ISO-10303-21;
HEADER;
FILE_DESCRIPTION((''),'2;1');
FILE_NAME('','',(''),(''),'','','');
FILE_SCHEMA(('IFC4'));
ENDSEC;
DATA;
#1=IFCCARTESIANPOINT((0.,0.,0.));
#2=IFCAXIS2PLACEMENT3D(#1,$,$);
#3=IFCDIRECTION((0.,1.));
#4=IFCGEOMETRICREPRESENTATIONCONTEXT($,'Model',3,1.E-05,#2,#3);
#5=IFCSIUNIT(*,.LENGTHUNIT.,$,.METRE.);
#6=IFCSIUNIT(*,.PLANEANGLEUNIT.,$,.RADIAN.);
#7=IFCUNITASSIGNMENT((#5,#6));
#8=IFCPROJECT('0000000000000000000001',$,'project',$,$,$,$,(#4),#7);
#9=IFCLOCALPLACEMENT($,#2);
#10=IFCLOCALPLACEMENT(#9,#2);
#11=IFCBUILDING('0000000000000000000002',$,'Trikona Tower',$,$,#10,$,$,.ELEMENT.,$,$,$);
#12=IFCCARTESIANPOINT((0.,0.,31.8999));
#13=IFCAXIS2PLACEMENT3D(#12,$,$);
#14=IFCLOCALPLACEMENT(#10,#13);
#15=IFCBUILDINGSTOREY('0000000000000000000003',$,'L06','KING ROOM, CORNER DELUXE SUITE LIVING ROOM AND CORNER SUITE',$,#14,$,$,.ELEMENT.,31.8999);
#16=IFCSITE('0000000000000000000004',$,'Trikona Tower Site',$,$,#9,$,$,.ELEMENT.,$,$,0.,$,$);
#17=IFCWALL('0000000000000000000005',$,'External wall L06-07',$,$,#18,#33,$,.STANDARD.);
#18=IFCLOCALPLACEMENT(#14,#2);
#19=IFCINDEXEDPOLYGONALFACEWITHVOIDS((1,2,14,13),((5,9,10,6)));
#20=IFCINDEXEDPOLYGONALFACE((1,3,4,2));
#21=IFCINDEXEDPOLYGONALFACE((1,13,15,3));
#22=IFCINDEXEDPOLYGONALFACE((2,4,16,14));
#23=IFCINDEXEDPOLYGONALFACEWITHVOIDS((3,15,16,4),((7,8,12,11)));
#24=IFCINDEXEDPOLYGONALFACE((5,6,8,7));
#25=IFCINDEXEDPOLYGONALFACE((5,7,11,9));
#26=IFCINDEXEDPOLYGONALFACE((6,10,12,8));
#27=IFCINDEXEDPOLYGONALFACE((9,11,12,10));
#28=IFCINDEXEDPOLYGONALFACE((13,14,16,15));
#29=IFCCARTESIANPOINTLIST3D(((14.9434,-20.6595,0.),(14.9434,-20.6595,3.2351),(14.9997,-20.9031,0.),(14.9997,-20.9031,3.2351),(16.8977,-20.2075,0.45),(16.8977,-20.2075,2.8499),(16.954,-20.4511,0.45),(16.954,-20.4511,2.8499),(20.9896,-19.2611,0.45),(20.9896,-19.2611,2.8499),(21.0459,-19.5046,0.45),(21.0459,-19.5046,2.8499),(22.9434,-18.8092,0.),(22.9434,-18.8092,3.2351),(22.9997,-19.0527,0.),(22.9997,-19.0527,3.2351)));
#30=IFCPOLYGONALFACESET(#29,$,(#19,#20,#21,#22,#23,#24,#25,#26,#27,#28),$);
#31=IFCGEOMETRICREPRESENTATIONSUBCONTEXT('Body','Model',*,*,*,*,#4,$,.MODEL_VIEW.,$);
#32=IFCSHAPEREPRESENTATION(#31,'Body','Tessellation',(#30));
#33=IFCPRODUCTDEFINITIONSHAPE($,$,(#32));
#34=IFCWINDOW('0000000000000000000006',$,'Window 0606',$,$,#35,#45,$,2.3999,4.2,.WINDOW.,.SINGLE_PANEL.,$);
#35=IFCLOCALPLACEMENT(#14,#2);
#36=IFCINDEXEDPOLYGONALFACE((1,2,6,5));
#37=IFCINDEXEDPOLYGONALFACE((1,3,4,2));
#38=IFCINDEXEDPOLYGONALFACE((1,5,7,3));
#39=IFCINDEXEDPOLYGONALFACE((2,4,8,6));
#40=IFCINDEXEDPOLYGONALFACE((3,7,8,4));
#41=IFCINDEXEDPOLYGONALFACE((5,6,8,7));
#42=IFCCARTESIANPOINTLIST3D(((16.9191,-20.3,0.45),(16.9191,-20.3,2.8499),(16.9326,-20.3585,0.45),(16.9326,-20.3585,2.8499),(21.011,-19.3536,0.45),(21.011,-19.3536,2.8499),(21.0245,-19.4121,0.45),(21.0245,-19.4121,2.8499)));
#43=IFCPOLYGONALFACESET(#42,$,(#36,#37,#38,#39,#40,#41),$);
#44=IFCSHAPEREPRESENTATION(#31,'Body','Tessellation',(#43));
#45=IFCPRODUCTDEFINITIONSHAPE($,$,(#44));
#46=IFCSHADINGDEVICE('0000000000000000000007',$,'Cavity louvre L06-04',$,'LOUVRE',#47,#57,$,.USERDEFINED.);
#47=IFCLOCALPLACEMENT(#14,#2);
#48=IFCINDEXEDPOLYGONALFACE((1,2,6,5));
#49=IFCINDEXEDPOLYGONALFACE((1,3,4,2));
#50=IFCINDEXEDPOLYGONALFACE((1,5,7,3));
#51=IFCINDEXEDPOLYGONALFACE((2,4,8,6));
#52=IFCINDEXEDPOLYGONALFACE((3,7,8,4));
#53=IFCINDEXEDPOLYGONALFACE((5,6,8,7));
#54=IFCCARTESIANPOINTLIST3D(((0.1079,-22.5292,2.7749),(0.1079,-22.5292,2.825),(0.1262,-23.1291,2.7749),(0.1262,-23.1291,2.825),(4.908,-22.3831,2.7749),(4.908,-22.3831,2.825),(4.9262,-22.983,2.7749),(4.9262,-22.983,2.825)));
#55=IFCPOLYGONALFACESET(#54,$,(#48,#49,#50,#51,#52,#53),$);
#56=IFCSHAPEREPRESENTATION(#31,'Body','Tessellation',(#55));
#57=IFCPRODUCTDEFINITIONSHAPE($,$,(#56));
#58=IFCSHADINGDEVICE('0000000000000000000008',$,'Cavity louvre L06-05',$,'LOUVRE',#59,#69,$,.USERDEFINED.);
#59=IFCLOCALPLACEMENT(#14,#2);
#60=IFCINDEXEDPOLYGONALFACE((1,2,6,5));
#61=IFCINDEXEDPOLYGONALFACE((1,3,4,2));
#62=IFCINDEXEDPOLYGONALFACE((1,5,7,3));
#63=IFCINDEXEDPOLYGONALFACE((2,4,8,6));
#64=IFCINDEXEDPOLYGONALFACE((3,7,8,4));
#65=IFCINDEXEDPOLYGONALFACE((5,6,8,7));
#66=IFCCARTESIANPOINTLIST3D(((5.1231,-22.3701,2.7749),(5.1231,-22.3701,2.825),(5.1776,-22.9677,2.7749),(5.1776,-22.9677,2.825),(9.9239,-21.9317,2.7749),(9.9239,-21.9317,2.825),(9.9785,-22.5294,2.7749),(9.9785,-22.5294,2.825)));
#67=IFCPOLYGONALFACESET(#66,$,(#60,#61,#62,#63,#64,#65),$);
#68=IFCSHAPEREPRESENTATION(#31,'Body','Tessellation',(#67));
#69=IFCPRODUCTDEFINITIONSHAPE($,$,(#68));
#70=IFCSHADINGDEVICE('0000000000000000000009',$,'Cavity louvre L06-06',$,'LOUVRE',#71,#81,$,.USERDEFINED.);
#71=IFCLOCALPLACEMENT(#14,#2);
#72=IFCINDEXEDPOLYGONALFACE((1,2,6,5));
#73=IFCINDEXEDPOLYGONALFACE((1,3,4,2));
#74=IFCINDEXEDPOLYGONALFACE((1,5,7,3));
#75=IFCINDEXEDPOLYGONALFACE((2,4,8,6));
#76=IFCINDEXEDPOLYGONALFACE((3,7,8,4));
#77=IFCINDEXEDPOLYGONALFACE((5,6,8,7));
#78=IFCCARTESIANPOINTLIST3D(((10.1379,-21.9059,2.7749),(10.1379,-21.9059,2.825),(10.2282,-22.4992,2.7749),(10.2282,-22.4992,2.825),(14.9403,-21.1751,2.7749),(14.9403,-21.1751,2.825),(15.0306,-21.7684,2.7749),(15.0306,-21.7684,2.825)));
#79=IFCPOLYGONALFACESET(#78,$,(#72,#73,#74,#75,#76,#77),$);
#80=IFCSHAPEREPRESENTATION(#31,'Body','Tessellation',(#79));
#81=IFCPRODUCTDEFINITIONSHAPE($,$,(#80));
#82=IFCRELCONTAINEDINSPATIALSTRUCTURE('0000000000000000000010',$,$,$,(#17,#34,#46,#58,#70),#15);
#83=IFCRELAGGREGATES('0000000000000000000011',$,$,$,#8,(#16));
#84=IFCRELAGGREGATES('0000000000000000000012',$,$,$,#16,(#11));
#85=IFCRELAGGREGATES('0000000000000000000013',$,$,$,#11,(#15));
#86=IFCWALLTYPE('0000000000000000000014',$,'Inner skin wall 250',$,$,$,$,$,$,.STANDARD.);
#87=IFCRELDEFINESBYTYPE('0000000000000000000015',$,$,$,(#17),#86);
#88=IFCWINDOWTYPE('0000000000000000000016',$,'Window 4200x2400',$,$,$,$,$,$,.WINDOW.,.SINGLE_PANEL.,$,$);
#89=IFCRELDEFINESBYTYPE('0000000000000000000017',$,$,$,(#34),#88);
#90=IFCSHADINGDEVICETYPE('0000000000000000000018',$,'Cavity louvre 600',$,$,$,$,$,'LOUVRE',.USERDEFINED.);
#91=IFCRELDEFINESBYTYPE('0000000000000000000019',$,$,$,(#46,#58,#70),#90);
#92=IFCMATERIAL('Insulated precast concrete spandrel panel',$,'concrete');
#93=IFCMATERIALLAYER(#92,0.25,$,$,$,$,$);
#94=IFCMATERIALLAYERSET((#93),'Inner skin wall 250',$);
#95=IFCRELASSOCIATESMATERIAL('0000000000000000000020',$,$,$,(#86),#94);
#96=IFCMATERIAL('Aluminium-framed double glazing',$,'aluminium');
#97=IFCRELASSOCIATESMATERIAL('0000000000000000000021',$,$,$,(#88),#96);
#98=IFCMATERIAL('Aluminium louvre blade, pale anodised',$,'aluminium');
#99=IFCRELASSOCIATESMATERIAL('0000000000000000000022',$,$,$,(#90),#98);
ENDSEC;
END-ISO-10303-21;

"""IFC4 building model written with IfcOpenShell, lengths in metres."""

from ifc_helpers import new_model, si_unit, direction, frame, frame_2d, origin, origin_2d, place, context, subcontext, project, spatial, rectangle, extrude, material, layer, layer_set, type_object, element, fill, save


model = new_model("IFC4")

# Units and contexts
model_context = context("Model", 3, precision=1e-05, world=origin(), true_north=direction((0.0, 1.0)))
body_context = subcontext(model_context, "Body", "Model", "MODEL_VIEW")
ifc_project = project(units=[si_unit("LENGTHUNIT", "METRE"), si_unit("PLANEANGLEUNIT", "RADIAN")], contexts=[model_context])

# Site, building, storey
site_placement = place(None, origin())
site = spatial("IfcSite", under=ifc_project, at=site_placement, Name="Trikona Tower Site", CompositionType="ELEMENT", RefElevation=0.0)
building_placement = place(site_placement, origin())
building = spatial("IfcBuilding", under=site, at=building_placement, Name="Trikona Tower", CompositionType="ELEMENT")
storey_placement = place(building_placement, frame((0.0, 0.0, 31.8999)))
storey = spatial("IfcBuildingStorey", under=building, at=storey_placement, Name="L06", Description="KING ROOM, CORNER DELUXE SUITE LIVING ROOM AND CORNER SUITE", CompositionType="ELEMENT", Elevation=31.8999)

# Wall, opening, window
ifc_material_1 = material(Name="Insulated precast concrete spandrel panel", Category="concrete")
ifc_layer_1 = layer(ifc_material_1, 0.25)
ifc_layer_set_1 = layer_set([ifc_layer_1], Name="Inner skin wall 250")
wall_type = type_object("IfcWallType", Name="Inner skin wall 250", PredefinedType="STANDARD", material=ifc_layer_set_1)
wall_1_placement = place(storey_placement, frame((14.9717, -20.7812, 0.0), z_axis=(0.0, 0.0, 1.0), x_axis=(0.974279, 0.225344, 0.0)))
wall_1 = element("IfcWall", 1, at=wall_1_placement, inside=storey, type_object=wall_type, Name="External wall L06-07", PredefinedType="STANDARD", context=body_context, shape_type="SweptSolid", body=[
    extrude(rectangle(XDim=8.2112, YDim=0.25, at=frame_2d((4.1055, 0.0))), origin(), (0.0, 0.0, 1.0), 3.2351),
])
opening_1_placement = place(wall_1_placement, frame((2.0056, 0.0, 0.45)))
opening_1 = element("IfcOpeningElement", 2, at=opening_1_placement, cuts=wall_1, PredefinedType="OPENING", context=body_context, shape_type="SweptSolid", body=[
    extrude(rectangle(XDim=4.2, YDim=2.3999, at=frame_2d((2.1001, 1.2))), frame((0.0, 0.135, 0.0), z_axis=(0.0, -1.0, 0.0), x_axis=(1.0, 0.0, 0.0)), (0.0, 0.0, 1.0), 0.27),
])
ifc_material_2 = material(Name="Aluminium-framed double glazing", Category="aluminium")
window_type_1 = type_object("IfcWindowType", Name="Window 4200x2400", PartitioningType="SINGLE_PANEL", PredefinedType="WINDOW", material=ifc_material_2)
window_1_placement = place(opening_1_placement, origin())
window_1 = element("IfcWindow", 3, at=window_1_placement, inside=storey, type_object=window_type_1, Name="Window 0606", OverallHeight=2.3999, OverallWidth=4.2, PartitioningType="SINGLE_PANEL", PredefinedType="WINDOW", context=body_context, shape_type="SweptSolid", body=[
    extrude(rectangle(XDim=4.2, YDim=2.3999, at=frame_2d((2.1001, 1.2))), frame((0.0, 0.03, 0.0), z_axis=(0.0, -1.0, 0.0), x_axis=(1.0, 0.0, 0.0)), (0.0, 0.0, 1.0), 0.0601),
])
fill(opening_1, window_1)

# Shading devices
ifc_material_3 = material(Name="Aluminium louvre blade, pale anodised", Category="aluminium")
shading_device_type = type_object("IfcShadingDeviceType", Name="Cavity louvre 600", ElementType="LOUVRE", PredefinedType="USERDEFINED", material=ifc_material_3)
shading_device_1_placement = place(storey_placement, frame((2.5171, -22.7561, 2.7749), z_axis=(0.0, 0.0, 1.0), x_axis=(0.999537, 0.030425, 0.0)))
element("IfcShadingDevice", 4, at=shading_device_1_placement, inside=storey, type_object=shading_device_type, Name="Cavity louvre L06-04", ObjectType="LOUVRE", PredefinedType="USERDEFINED", context=body_context, shape_type="SweptSolid", body=[
    extrude(rectangle(XDim=4.8022, YDim=0.6001, at=origin_2d()), origin(), (0.0, 0.0, 1.0), 0.05),
])
shading_device_2_placement = place(storey_placement, frame((7.5508, -22.4497, 2.7749), z_axis=(0.0, 0.0, 1.0), x_axis=(0.995858, 0.090921, 0.0)))
element("IfcShadingDevice", 5, at=shading_device_2_placement, inside=storey, type_object=shading_device_type, Name="Cavity louvre L06-05", ObjectType="LOUVRE", PredefinedType="USERDEFINED", context=body_context, shape_type="SweptSolid", body=[
    extrude(rectangle(XDim=4.8208, YDim=0.6001, at=origin_2d()), origin(), (0.0, 0.0, 1.0), 0.05),
])
shading_device_3_placement = place(storey_placement, frame((12.5842, -21.8372, 2.7749), z_axis=(0.0, 0.0, 1.0), x_axis=(0.988618, 0.150448, 0.0)))
element("IfcShadingDevice", 6, at=shading_device_3_placement, inside=storey, type_object=shading_device_type, Name="Cavity louvre L06-06", ObjectType="LOUVRE", PredefinedType="USERDEFINED", context=body_context, shape_type="SweptSolid", body=[
    extrude(rectangle(XDim=4.8577, YDim=0.6001, at=origin_2d()), origin(), (0.0, 0.0, 1.0), 0.05),
])

save(model, "model.ifc")
